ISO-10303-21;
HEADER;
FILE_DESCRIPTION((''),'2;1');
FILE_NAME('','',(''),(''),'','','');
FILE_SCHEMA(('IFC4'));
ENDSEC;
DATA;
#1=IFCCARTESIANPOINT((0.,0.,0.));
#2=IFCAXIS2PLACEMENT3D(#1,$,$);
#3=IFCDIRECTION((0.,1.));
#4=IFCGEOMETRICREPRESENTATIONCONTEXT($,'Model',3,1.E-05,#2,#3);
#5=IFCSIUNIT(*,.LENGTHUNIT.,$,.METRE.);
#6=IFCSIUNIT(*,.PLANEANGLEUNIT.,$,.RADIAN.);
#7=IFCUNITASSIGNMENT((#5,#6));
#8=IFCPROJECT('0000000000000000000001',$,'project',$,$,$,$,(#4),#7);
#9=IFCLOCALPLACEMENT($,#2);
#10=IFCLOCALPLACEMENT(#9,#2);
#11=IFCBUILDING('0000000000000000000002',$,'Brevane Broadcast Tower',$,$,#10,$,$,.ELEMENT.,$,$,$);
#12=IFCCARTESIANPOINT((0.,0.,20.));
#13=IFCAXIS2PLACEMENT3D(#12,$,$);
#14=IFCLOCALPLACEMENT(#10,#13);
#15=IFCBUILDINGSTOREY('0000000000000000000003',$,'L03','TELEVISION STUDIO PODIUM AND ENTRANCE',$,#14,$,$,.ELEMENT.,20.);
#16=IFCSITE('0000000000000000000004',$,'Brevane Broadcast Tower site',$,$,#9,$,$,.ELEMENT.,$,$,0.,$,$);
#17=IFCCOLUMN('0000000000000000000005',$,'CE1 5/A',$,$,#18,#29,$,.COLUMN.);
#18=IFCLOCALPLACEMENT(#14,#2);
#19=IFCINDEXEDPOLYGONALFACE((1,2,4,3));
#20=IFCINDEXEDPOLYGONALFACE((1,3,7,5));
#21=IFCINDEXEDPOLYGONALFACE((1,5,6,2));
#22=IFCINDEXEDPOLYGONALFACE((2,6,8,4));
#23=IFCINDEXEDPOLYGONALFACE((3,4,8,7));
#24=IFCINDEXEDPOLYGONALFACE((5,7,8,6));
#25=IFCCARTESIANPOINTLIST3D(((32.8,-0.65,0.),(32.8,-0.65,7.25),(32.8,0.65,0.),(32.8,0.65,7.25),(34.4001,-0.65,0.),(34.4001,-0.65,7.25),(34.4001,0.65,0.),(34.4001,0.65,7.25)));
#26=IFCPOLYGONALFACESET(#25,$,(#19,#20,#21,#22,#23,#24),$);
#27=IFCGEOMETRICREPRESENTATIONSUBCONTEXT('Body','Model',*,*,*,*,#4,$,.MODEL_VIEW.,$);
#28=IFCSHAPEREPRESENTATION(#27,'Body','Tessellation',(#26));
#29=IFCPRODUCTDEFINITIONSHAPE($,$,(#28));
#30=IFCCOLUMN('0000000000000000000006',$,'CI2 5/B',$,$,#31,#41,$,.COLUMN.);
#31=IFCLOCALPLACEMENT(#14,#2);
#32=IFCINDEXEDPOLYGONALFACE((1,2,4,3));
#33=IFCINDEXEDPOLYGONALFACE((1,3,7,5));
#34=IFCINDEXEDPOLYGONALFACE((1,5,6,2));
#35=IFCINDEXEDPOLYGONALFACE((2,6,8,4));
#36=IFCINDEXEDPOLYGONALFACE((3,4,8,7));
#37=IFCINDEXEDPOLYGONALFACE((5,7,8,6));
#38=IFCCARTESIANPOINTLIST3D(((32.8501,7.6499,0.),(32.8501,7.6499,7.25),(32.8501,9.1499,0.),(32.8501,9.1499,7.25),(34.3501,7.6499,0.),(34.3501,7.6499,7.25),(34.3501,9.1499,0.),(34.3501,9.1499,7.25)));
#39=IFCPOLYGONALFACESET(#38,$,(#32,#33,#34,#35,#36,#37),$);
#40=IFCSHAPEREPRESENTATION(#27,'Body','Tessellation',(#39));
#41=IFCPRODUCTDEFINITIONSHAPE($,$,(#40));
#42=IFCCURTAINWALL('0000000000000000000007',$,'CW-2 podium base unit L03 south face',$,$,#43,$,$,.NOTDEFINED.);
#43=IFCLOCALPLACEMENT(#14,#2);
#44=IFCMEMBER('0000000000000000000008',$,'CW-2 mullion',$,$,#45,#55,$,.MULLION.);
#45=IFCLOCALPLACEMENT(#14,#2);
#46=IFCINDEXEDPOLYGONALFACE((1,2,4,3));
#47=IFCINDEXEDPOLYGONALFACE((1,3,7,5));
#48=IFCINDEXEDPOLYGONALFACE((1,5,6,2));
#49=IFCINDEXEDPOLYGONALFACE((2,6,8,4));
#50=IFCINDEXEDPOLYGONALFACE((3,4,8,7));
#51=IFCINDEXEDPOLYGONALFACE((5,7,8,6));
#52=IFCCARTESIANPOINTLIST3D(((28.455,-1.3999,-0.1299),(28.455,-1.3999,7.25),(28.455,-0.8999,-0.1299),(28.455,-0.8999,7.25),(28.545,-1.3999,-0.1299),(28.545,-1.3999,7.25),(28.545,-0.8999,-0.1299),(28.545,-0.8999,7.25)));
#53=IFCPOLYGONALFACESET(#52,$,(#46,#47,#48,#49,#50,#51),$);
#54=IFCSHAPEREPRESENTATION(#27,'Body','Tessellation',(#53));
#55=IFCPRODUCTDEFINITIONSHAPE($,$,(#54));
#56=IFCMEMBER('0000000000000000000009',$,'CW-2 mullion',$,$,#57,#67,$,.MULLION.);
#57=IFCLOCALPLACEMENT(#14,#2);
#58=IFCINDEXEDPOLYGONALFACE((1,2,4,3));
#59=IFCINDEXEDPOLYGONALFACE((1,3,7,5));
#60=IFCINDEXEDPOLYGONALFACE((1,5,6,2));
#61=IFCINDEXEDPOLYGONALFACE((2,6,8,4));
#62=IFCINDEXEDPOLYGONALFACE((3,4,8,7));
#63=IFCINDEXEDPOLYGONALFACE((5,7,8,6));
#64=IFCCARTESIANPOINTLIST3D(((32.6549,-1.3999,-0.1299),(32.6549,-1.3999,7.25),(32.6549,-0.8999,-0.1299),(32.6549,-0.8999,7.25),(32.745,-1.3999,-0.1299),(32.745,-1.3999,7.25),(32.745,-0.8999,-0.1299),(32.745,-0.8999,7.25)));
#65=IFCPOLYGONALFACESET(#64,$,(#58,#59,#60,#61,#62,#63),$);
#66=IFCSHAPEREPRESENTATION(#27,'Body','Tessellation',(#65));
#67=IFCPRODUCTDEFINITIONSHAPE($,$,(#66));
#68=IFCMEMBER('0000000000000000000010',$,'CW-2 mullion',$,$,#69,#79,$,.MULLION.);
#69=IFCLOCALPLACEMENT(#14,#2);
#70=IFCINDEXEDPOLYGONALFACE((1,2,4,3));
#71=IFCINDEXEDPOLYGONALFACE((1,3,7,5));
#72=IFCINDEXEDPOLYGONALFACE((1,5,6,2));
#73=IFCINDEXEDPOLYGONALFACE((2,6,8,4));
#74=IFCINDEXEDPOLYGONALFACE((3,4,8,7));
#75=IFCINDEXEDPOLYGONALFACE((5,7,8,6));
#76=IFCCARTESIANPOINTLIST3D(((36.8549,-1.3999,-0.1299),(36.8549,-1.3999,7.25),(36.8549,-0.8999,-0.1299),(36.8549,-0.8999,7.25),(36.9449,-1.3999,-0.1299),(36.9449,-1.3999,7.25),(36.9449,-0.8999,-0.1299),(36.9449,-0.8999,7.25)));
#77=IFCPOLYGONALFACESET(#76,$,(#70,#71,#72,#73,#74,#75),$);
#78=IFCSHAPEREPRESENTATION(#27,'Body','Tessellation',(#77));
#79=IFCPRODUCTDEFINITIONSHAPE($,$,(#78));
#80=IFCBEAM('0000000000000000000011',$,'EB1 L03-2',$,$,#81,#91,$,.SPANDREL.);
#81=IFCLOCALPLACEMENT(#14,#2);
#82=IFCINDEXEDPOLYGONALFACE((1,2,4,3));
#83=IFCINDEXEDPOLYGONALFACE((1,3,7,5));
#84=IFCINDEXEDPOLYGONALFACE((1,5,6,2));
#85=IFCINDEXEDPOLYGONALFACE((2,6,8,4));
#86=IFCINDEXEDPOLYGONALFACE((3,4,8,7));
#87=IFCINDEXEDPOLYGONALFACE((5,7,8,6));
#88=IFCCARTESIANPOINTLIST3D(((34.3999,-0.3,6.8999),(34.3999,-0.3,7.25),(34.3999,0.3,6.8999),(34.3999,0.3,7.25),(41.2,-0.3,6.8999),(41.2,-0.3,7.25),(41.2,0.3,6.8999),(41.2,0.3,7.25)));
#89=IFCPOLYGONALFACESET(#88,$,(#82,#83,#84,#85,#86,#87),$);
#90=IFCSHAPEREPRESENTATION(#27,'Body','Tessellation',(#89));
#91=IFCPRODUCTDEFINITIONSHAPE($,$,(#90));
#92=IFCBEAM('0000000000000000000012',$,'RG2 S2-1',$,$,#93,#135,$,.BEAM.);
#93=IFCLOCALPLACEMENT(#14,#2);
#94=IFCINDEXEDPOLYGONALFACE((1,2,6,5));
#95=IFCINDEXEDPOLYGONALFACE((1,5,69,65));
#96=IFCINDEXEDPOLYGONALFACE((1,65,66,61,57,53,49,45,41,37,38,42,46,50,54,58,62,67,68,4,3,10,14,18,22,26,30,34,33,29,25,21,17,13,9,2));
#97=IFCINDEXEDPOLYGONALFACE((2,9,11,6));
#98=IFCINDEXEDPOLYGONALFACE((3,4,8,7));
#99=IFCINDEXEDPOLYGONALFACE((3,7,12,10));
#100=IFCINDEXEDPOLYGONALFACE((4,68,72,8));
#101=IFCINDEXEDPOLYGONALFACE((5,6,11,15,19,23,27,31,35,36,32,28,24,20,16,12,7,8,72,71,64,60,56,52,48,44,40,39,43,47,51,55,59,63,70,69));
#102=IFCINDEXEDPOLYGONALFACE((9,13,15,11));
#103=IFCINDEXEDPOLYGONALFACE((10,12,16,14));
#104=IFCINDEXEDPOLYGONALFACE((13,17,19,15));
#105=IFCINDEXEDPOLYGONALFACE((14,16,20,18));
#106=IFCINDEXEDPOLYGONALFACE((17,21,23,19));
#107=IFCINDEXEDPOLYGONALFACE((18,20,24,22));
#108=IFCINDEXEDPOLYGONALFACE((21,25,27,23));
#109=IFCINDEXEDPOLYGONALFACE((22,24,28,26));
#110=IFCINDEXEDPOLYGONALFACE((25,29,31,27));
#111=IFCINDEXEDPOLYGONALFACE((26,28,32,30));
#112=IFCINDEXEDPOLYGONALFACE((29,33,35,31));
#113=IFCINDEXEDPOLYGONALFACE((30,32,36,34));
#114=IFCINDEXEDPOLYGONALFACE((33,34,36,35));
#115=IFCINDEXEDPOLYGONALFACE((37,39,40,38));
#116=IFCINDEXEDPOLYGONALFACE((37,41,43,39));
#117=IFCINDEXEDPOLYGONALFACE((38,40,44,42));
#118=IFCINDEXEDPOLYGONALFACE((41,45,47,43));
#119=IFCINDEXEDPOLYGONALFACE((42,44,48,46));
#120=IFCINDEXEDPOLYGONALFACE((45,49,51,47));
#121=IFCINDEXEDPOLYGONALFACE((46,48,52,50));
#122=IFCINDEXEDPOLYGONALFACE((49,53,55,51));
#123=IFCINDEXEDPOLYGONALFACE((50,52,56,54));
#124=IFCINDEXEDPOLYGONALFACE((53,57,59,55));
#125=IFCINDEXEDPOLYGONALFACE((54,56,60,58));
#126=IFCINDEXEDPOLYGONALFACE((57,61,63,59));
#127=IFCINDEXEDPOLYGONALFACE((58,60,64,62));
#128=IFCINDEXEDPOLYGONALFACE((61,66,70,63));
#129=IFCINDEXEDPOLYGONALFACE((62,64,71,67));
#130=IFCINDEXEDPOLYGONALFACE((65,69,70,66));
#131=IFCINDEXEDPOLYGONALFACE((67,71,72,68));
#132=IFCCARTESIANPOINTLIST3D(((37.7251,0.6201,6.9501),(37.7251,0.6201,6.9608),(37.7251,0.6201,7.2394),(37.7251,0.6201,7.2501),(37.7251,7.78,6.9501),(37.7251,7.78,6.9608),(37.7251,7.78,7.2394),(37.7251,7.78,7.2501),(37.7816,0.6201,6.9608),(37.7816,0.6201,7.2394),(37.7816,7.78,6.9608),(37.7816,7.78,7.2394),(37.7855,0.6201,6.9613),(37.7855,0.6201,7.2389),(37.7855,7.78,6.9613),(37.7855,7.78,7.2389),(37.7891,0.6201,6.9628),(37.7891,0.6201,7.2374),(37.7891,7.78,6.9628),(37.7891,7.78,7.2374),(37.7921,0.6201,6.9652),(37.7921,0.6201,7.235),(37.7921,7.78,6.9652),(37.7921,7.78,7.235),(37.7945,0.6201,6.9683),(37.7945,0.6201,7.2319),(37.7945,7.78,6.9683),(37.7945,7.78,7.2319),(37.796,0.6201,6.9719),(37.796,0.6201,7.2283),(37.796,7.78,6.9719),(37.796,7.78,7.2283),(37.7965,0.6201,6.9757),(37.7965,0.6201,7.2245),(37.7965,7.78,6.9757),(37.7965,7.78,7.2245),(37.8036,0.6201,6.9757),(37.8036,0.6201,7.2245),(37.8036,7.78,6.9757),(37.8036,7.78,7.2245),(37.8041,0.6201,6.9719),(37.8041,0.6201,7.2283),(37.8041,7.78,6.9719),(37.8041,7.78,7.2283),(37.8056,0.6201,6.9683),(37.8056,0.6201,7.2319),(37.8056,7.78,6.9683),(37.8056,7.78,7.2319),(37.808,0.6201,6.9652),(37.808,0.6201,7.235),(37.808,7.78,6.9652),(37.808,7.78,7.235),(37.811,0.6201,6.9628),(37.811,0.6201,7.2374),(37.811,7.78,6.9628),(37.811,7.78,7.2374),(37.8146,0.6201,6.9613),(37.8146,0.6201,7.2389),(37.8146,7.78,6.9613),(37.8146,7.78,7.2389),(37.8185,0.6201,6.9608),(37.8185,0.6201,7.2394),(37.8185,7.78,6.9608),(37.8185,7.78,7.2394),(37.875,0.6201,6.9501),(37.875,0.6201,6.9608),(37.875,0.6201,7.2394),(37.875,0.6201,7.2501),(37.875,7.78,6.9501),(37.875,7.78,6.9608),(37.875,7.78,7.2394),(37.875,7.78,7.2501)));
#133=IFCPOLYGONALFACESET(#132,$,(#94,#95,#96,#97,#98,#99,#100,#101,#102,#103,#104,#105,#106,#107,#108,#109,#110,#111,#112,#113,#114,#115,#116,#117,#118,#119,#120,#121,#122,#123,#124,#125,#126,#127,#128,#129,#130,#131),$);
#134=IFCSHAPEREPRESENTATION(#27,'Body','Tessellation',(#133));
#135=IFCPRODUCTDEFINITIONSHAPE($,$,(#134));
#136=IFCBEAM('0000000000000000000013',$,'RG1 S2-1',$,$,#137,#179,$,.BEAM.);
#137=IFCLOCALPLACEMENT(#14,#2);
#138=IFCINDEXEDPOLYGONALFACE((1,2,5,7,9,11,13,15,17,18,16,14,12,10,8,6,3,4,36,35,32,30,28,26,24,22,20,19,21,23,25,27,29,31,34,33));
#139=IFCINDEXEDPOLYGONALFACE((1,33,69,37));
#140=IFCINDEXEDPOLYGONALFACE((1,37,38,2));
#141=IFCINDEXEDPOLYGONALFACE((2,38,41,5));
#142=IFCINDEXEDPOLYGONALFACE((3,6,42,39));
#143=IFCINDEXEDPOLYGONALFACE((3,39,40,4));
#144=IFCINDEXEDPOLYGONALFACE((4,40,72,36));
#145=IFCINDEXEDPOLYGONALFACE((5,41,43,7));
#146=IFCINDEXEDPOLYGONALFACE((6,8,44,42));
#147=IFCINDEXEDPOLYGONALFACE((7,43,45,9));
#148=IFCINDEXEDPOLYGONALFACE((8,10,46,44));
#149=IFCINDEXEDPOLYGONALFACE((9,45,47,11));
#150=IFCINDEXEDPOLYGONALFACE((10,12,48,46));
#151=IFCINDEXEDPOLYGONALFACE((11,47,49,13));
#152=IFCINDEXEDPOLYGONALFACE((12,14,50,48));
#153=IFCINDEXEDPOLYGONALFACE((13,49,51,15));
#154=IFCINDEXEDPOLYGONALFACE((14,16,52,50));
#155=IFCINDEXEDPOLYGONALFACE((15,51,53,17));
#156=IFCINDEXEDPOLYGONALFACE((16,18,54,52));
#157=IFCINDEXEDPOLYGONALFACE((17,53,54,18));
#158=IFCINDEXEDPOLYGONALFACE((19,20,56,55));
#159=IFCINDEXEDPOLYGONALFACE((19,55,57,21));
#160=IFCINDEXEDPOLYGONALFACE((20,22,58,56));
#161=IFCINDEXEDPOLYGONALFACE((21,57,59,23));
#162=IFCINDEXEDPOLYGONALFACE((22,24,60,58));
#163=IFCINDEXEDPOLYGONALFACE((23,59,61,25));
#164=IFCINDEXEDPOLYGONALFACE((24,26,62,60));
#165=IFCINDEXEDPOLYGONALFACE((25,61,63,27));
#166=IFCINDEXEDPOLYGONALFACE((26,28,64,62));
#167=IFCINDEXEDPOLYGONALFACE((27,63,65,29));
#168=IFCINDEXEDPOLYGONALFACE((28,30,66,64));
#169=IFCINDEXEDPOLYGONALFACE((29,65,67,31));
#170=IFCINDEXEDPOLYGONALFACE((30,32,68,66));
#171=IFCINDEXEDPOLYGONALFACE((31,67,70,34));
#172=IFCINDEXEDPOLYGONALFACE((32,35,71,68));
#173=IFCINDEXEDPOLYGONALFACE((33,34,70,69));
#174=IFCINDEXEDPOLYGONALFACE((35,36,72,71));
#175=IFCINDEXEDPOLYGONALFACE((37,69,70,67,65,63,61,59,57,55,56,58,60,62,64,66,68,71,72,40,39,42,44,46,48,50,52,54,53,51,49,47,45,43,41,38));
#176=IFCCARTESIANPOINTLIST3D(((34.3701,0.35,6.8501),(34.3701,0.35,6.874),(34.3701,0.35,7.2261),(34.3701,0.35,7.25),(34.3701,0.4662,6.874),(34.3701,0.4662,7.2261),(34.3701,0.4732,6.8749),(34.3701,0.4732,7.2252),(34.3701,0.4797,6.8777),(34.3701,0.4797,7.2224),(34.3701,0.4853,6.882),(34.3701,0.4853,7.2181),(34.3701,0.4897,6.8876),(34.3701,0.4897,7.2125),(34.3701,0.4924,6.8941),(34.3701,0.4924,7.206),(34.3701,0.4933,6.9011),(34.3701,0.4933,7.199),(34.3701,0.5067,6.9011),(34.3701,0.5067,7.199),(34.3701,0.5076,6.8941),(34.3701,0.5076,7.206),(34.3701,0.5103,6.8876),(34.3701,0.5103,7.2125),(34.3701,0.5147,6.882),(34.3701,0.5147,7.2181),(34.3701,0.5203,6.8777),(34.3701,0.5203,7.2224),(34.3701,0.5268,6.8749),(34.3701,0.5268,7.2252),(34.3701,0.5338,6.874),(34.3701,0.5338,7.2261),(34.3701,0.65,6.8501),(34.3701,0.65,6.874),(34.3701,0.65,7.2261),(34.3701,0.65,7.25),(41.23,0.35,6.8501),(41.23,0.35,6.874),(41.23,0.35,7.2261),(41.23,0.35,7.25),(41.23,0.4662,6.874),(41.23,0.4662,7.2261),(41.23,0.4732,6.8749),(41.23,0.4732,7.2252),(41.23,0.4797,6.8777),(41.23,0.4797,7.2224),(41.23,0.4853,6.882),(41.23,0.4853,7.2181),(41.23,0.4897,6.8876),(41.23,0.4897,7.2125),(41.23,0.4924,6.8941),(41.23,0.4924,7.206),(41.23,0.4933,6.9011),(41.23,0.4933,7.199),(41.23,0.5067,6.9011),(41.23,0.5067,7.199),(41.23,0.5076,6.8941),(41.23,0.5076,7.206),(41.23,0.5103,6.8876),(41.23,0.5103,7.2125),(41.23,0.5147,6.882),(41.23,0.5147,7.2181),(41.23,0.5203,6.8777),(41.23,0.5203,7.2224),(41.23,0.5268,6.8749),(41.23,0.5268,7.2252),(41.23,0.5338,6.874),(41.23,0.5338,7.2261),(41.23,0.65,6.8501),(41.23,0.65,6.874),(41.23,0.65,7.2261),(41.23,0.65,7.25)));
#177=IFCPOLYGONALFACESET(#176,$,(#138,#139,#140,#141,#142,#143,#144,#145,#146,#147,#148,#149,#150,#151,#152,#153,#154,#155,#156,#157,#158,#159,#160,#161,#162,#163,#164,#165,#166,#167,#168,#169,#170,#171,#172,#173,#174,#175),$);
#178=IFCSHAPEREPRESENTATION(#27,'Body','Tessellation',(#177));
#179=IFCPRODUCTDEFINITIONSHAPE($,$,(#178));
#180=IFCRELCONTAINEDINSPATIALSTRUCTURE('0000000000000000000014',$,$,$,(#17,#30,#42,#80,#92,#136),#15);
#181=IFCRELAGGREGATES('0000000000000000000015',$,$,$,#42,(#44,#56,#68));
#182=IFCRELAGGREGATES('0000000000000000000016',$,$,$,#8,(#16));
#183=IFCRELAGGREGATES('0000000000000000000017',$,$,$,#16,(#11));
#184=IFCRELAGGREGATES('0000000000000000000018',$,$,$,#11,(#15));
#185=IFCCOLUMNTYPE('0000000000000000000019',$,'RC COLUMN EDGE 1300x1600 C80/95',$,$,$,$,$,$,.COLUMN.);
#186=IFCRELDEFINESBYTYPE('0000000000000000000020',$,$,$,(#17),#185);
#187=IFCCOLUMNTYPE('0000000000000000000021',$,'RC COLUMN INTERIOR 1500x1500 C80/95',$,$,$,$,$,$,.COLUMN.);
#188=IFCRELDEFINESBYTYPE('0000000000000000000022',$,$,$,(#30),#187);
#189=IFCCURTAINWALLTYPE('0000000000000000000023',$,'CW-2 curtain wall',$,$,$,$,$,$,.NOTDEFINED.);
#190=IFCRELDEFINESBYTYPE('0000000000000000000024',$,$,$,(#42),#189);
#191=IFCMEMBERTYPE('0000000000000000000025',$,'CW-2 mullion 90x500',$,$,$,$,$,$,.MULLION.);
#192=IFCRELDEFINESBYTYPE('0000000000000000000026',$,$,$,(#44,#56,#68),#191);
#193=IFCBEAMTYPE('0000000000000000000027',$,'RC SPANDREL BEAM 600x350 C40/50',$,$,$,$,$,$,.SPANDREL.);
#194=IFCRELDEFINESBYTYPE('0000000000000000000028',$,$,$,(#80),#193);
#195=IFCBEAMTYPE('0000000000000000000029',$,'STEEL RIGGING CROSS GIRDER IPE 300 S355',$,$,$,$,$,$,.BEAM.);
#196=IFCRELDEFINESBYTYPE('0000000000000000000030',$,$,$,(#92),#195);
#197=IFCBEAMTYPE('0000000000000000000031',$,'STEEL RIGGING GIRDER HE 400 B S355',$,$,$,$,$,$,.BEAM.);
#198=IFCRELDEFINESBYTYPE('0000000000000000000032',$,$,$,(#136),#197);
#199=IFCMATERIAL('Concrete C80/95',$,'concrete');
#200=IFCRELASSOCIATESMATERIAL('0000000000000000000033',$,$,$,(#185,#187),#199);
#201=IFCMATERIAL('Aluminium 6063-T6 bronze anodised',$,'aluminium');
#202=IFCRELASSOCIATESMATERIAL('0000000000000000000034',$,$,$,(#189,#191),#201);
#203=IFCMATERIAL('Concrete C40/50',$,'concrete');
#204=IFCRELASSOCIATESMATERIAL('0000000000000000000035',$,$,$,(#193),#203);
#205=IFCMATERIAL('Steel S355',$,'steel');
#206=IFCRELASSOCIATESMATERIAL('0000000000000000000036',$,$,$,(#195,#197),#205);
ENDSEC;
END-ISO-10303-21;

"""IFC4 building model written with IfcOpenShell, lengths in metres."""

from ifc_helpers import new_model, si_unit, direction, frame, origin, origin_2d, place, context, subcontext, project, spatial, rectangle, i_section, extrude, material, material_profile, profile_set, type_object, element, aggregate, save


model = new_model("IFC4")

# Units and contexts
model_context = context("Model", 3, precision=1e-05, world=origin(), true_north=direction((0.0, 1.0)))
body_context = subcontext(model_context, "Body", "Model", "MODEL_VIEW")
ifc_project = project(units=[si_unit("LENGTHUNIT", "METRE"), si_unit("PLANEANGLEUNIT", "RADIAN")], contexts=[model_context])

# Site, building, storey
site_placement = place(None, origin())
site = spatial("IfcSite", under=ifc_project, at=site_placement, Name="Brevane Broadcast Tower site", CompositionType="ELEMENT", RefElevation=0.0)
building_placement = place(site_placement, origin())
building = spatial("IfcBuilding", under=site, at=building_placement, Name="Brevane Broadcast Tower", CompositionType="ELEMENT")
storey_placement = place(building_placement, frame((0.0, 0.0, 20.0)))
storey = spatial("IfcBuildingStorey", under=building, at=storey_placement, Name="L03", Description="TELEVISION STUDIO PODIUM AND ENTRANCE", CompositionType="ELEMENT", Elevation=20.0)

# Columns
ifc_material_1 = material(Name="Concrete C80/95", Category="concrete")
ifc_material_profile_1 = material_profile(ifc_material_1, rectangle(XDim=1.3, YDim=1.6001, at=origin_2d()), Name="RC 1300x1600")
ifc_profile_set_1 = profile_set([ifc_material_profile_1], Name="Concrete C80/95")
column_type_1 = type_object("IfcColumnType", Name="RC COLUMN EDGE 1300x1600 C80/95", PredefinedType="COLUMN", material=ifc_profile_set_1)
column_1_placement = place(storey_placement, frame((33.6001, 0.0, 0.0), z_axis=(0.0, 0.0, 1.0), x_axis=(0.0, 1.0, 0.0)))
element("IfcColumn", 1, at=column_1_placement, inside=storey, type_object=column_type_1, Name="CE1 5/A", PredefinedType="COLUMN", context=body_context, shape_type="SweptSolid", body=[
    extrude(rectangle(XDim=1.3, YDim=1.6001, at=origin_2d()), origin(), (0.0, 0.0, 1.0), 7.25),
])
ifc_material_profile_2 = material_profile(ifc_material_1, rectangle(XDim=1.5, YDim=1.5, at=origin_2d()), Name="RC 1500x1500")
ifc_profile_set_2 = profile_set([ifc_material_profile_2], Name="Concrete C80/95")
column_type_2 = type_object("IfcColumnType", Name="RC COLUMN INTERIOR 1500x1500 C80/95", PredefinedType="COLUMN", material=ifc_profile_set_2)
column_2_placement = place(storey_placement, frame((33.6001, 8.3999, 0.0), z_axis=(0.0, 0.0, 1.0), x_axis=(1.0, 0.0, 0.0)))
element("IfcColumn", 2, at=column_2_placement, inside=storey, type_object=column_type_2, Name="CI2 5/B", PredefinedType="COLUMN", context=body_context, shape_type="SweptSolid", body=[
    extrude(rectangle(XDim=1.5, YDim=1.5, at=origin_2d()), origin(), (0.0, 0.0, 1.0), 7.25),
])

# Curtain wall, members
ifc_material_2 = material(Name="Aluminium 6063-T6 bronze anodised", Category="aluminium")
curtain_wall_type = type_object("IfcCurtainWallType", Name="CW-2 curtain wall", PredefinedType="NOTDEFINED", material=ifc_material_2)
curtain_wall_placement = place(storey_placement, origin())
curtain_wall = element("IfcCurtainWall", 3, at=curtain_wall_placement, inside=storey, type_object=curtain_wall_type, Name="CW-2 podium base unit L03 south face", PredefinedType="NOTDEFINED")
ifc_material_profile_3 = material_profile(ifc_material_2, rectangle(XDim=0.5, YDim=0.0901, at=origin_2d()), Name="RECT 90x500")
ifc_profile_set_3 = profile_set([ifc_material_profile_3], Name="Aluminium 6063-T6 bronze anodised")
member_type = type_object("IfcMemberType", Name="CW-2 mullion 90x500", PredefinedType="MULLION", material=ifc_profile_set_3)
member_1_placement = place(storey_placement, frame((28.5, -1.1499, -0.1299), z_axis=(0.0, 0.0, 1.0), x_axis=(0.0, 1.0, 0.0)))
member_1 = element("IfcMember", 4, at=member_1_placement, type_object=member_type, Name="CW-2 mullion", PredefinedType="MULLION", context=body_context, shape_type="SweptSolid", body=[
    extrude(rectangle(XDim=0.5, YDim=0.0901, at=origin_2d()), origin(), (0.0, 0.0, 1.0), 7.3799),
])
member_2_placement = place(storey_placement, frame((32.7, -1.1499, -0.1299), z_axis=(0.0, 0.0, 1.0), x_axis=(0.0, 1.0, 0.0)))
member_2 = element("IfcMember", 5, at=member_2_placement, type_object=member_type, Name="CW-2 mullion", PredefinedType="MULLION", context=body_context, shape_type="SweptSolid", body=[
    extrude(rectangle(XDim=0.5, YDim=0.0901, at=origin_2d()), origin(), (0.0, 0.0, 1.0), 7.3799),
])
member_3_placement = place(storey_placement, frame((36.8999, -1.1499, -0.1299), z_axis=(0.0, 0.0, 1.0), x_axis=(0.0, 1.0, 0.0)))
member_3 = element("IfcMember", 6, at=member_3_placement, type_object=member_type, Name="CW-2 mullion", PredefinedType="MULLION", context=body_context, shape_type="SweptSolid", body=[
    extrude(rectangle(XDim=0.5, YDim=0.0901, at=origin_2d()), origin(), (0.0, 0.0, 1.0), 7.3799),
])
aggregate(curtain_wall, [member_1, member_2, member_3])

# Beams
ifc_material_3 = material(Name="Concrete C40/50", Category="concrete")
ifc_material_profile_4 = material_profile(ifc_material_3, rectangle(XDim=0.6001, YDim=0.3501, at=origin_2d()), Name="RC 600x350")
ifc_profile_set_4 = profile_set([ifc_material_profile_4], Name="Concrete C40/50")
beam_type_1 = type_object("IfcBeamType", Name="RC SPANDREL BEAM 600x350 C40/50", PredefinedType="SPANDREL", material=ifc_profile_set_4)
beam_1_placement = place(storey_placement, frame((34.3999, 0.0, 7.075), z_axis=(1.0, 0.0, 0.0), x_axis=(0.0, 1.0, 0.0)))
element("IfcBeam", 7, at=beam_1_placement, inside=storey, type_object=beam_type_1, Name="EB1 L03-2", PredefinedType="SPANDREL", context=body_context, shape_type="SweptSolid", body=[
    extrude(rectangle(XDim=0.6001, YDim=0.3501, at=origin_2d()), origin(), (0.0, 0.0, 1.0), 6.8),
])
ifc_material_4 = material(Name="Steel S355", Category="steel")
ifc_material_profile_5 = material_profile(ifc_material_4, i_section(OverallWidth=0.1499, OverallDepth=0.3, WebThickness=0.0071, FlangeThickness=0.0107, FilletRadius=0.0149, at=origin_2d()), Name="IPE 300")
ifc_profile_set_5 = profile_set([ifc_material_profile_5], Name="Steel S355")
beam_type_2 = type_object("IfcBeamType", Name="STEEL RIGGING CROSS GIRDER IPE 300 S355", PredefinedType="BEAM", material=ifc_profile_set_5)
beam_2_placement = place(storey_placement, frame((37.8, 0.6201, 7.1001), z_axis=(0.0, 1.0, 0.0), x_axis=(-1.0, 0.0, 0.0)))
element("IfcBeam", 8, at=beam_2_placement, inside=storey, type_object=beam_type_2, Name="RG2 S2-1", PredefinedType="BEAM", context=body_context, shape_type="SweptSolid", body=[
    extrude(i_section(OverallWidth=0.1499, OverallDepth=0.3, WebThickness=0.0071, FlangeThickness=0.0107, FilletRadius=0.0149, at=origin_2d()), origin(), (0.0, 0.0, 1.0), 7.1599),
])
ifc_material_profile_6 = material_profile(ifc_material_4, i_section(OverallWidth=0.3, OverallDepth=0.3999, WebThickness=0.0134, FlangeThickness=0.0239, FilletRadius=0.0271, at=origin_2d()), Name="HE 400 B")
ifc_profile_set_6 = profile_set([ifc_material_profile_6], Name="Steel S355")
beam_type_3 = type_object("IfcBeamType", Name="STEEL RIGGING GIRDER HE 400 B S355", PredefinedType="BEAM", material=ifc_profile_set_6)
beam_3_placement = place(storey_placement, frame((34.3701, 0.5, 7.05), z_axis=(1.0, 0.0, 0.0), x_axis=(0.0, 1.0, 0.0)))
element("IfcBeam", 9, at=beam_3_placement, inside=storey, type_object=beam_type_3, Name="RG1 S2-1", PredefinedType="BEAM", context=body_context, shape_type="SweptSolid", body=[
    extrude(i_section(OverallWidth=0.3, OverallDepth=0.3999, WebThickness=0.0134, FlangeThickness=0.0239, FilletRadius=0.0271, at=origin_2d()), origin(), (0.0, 0.0, 1.0), 6.8599),
])

save(model, "model.ifc")
